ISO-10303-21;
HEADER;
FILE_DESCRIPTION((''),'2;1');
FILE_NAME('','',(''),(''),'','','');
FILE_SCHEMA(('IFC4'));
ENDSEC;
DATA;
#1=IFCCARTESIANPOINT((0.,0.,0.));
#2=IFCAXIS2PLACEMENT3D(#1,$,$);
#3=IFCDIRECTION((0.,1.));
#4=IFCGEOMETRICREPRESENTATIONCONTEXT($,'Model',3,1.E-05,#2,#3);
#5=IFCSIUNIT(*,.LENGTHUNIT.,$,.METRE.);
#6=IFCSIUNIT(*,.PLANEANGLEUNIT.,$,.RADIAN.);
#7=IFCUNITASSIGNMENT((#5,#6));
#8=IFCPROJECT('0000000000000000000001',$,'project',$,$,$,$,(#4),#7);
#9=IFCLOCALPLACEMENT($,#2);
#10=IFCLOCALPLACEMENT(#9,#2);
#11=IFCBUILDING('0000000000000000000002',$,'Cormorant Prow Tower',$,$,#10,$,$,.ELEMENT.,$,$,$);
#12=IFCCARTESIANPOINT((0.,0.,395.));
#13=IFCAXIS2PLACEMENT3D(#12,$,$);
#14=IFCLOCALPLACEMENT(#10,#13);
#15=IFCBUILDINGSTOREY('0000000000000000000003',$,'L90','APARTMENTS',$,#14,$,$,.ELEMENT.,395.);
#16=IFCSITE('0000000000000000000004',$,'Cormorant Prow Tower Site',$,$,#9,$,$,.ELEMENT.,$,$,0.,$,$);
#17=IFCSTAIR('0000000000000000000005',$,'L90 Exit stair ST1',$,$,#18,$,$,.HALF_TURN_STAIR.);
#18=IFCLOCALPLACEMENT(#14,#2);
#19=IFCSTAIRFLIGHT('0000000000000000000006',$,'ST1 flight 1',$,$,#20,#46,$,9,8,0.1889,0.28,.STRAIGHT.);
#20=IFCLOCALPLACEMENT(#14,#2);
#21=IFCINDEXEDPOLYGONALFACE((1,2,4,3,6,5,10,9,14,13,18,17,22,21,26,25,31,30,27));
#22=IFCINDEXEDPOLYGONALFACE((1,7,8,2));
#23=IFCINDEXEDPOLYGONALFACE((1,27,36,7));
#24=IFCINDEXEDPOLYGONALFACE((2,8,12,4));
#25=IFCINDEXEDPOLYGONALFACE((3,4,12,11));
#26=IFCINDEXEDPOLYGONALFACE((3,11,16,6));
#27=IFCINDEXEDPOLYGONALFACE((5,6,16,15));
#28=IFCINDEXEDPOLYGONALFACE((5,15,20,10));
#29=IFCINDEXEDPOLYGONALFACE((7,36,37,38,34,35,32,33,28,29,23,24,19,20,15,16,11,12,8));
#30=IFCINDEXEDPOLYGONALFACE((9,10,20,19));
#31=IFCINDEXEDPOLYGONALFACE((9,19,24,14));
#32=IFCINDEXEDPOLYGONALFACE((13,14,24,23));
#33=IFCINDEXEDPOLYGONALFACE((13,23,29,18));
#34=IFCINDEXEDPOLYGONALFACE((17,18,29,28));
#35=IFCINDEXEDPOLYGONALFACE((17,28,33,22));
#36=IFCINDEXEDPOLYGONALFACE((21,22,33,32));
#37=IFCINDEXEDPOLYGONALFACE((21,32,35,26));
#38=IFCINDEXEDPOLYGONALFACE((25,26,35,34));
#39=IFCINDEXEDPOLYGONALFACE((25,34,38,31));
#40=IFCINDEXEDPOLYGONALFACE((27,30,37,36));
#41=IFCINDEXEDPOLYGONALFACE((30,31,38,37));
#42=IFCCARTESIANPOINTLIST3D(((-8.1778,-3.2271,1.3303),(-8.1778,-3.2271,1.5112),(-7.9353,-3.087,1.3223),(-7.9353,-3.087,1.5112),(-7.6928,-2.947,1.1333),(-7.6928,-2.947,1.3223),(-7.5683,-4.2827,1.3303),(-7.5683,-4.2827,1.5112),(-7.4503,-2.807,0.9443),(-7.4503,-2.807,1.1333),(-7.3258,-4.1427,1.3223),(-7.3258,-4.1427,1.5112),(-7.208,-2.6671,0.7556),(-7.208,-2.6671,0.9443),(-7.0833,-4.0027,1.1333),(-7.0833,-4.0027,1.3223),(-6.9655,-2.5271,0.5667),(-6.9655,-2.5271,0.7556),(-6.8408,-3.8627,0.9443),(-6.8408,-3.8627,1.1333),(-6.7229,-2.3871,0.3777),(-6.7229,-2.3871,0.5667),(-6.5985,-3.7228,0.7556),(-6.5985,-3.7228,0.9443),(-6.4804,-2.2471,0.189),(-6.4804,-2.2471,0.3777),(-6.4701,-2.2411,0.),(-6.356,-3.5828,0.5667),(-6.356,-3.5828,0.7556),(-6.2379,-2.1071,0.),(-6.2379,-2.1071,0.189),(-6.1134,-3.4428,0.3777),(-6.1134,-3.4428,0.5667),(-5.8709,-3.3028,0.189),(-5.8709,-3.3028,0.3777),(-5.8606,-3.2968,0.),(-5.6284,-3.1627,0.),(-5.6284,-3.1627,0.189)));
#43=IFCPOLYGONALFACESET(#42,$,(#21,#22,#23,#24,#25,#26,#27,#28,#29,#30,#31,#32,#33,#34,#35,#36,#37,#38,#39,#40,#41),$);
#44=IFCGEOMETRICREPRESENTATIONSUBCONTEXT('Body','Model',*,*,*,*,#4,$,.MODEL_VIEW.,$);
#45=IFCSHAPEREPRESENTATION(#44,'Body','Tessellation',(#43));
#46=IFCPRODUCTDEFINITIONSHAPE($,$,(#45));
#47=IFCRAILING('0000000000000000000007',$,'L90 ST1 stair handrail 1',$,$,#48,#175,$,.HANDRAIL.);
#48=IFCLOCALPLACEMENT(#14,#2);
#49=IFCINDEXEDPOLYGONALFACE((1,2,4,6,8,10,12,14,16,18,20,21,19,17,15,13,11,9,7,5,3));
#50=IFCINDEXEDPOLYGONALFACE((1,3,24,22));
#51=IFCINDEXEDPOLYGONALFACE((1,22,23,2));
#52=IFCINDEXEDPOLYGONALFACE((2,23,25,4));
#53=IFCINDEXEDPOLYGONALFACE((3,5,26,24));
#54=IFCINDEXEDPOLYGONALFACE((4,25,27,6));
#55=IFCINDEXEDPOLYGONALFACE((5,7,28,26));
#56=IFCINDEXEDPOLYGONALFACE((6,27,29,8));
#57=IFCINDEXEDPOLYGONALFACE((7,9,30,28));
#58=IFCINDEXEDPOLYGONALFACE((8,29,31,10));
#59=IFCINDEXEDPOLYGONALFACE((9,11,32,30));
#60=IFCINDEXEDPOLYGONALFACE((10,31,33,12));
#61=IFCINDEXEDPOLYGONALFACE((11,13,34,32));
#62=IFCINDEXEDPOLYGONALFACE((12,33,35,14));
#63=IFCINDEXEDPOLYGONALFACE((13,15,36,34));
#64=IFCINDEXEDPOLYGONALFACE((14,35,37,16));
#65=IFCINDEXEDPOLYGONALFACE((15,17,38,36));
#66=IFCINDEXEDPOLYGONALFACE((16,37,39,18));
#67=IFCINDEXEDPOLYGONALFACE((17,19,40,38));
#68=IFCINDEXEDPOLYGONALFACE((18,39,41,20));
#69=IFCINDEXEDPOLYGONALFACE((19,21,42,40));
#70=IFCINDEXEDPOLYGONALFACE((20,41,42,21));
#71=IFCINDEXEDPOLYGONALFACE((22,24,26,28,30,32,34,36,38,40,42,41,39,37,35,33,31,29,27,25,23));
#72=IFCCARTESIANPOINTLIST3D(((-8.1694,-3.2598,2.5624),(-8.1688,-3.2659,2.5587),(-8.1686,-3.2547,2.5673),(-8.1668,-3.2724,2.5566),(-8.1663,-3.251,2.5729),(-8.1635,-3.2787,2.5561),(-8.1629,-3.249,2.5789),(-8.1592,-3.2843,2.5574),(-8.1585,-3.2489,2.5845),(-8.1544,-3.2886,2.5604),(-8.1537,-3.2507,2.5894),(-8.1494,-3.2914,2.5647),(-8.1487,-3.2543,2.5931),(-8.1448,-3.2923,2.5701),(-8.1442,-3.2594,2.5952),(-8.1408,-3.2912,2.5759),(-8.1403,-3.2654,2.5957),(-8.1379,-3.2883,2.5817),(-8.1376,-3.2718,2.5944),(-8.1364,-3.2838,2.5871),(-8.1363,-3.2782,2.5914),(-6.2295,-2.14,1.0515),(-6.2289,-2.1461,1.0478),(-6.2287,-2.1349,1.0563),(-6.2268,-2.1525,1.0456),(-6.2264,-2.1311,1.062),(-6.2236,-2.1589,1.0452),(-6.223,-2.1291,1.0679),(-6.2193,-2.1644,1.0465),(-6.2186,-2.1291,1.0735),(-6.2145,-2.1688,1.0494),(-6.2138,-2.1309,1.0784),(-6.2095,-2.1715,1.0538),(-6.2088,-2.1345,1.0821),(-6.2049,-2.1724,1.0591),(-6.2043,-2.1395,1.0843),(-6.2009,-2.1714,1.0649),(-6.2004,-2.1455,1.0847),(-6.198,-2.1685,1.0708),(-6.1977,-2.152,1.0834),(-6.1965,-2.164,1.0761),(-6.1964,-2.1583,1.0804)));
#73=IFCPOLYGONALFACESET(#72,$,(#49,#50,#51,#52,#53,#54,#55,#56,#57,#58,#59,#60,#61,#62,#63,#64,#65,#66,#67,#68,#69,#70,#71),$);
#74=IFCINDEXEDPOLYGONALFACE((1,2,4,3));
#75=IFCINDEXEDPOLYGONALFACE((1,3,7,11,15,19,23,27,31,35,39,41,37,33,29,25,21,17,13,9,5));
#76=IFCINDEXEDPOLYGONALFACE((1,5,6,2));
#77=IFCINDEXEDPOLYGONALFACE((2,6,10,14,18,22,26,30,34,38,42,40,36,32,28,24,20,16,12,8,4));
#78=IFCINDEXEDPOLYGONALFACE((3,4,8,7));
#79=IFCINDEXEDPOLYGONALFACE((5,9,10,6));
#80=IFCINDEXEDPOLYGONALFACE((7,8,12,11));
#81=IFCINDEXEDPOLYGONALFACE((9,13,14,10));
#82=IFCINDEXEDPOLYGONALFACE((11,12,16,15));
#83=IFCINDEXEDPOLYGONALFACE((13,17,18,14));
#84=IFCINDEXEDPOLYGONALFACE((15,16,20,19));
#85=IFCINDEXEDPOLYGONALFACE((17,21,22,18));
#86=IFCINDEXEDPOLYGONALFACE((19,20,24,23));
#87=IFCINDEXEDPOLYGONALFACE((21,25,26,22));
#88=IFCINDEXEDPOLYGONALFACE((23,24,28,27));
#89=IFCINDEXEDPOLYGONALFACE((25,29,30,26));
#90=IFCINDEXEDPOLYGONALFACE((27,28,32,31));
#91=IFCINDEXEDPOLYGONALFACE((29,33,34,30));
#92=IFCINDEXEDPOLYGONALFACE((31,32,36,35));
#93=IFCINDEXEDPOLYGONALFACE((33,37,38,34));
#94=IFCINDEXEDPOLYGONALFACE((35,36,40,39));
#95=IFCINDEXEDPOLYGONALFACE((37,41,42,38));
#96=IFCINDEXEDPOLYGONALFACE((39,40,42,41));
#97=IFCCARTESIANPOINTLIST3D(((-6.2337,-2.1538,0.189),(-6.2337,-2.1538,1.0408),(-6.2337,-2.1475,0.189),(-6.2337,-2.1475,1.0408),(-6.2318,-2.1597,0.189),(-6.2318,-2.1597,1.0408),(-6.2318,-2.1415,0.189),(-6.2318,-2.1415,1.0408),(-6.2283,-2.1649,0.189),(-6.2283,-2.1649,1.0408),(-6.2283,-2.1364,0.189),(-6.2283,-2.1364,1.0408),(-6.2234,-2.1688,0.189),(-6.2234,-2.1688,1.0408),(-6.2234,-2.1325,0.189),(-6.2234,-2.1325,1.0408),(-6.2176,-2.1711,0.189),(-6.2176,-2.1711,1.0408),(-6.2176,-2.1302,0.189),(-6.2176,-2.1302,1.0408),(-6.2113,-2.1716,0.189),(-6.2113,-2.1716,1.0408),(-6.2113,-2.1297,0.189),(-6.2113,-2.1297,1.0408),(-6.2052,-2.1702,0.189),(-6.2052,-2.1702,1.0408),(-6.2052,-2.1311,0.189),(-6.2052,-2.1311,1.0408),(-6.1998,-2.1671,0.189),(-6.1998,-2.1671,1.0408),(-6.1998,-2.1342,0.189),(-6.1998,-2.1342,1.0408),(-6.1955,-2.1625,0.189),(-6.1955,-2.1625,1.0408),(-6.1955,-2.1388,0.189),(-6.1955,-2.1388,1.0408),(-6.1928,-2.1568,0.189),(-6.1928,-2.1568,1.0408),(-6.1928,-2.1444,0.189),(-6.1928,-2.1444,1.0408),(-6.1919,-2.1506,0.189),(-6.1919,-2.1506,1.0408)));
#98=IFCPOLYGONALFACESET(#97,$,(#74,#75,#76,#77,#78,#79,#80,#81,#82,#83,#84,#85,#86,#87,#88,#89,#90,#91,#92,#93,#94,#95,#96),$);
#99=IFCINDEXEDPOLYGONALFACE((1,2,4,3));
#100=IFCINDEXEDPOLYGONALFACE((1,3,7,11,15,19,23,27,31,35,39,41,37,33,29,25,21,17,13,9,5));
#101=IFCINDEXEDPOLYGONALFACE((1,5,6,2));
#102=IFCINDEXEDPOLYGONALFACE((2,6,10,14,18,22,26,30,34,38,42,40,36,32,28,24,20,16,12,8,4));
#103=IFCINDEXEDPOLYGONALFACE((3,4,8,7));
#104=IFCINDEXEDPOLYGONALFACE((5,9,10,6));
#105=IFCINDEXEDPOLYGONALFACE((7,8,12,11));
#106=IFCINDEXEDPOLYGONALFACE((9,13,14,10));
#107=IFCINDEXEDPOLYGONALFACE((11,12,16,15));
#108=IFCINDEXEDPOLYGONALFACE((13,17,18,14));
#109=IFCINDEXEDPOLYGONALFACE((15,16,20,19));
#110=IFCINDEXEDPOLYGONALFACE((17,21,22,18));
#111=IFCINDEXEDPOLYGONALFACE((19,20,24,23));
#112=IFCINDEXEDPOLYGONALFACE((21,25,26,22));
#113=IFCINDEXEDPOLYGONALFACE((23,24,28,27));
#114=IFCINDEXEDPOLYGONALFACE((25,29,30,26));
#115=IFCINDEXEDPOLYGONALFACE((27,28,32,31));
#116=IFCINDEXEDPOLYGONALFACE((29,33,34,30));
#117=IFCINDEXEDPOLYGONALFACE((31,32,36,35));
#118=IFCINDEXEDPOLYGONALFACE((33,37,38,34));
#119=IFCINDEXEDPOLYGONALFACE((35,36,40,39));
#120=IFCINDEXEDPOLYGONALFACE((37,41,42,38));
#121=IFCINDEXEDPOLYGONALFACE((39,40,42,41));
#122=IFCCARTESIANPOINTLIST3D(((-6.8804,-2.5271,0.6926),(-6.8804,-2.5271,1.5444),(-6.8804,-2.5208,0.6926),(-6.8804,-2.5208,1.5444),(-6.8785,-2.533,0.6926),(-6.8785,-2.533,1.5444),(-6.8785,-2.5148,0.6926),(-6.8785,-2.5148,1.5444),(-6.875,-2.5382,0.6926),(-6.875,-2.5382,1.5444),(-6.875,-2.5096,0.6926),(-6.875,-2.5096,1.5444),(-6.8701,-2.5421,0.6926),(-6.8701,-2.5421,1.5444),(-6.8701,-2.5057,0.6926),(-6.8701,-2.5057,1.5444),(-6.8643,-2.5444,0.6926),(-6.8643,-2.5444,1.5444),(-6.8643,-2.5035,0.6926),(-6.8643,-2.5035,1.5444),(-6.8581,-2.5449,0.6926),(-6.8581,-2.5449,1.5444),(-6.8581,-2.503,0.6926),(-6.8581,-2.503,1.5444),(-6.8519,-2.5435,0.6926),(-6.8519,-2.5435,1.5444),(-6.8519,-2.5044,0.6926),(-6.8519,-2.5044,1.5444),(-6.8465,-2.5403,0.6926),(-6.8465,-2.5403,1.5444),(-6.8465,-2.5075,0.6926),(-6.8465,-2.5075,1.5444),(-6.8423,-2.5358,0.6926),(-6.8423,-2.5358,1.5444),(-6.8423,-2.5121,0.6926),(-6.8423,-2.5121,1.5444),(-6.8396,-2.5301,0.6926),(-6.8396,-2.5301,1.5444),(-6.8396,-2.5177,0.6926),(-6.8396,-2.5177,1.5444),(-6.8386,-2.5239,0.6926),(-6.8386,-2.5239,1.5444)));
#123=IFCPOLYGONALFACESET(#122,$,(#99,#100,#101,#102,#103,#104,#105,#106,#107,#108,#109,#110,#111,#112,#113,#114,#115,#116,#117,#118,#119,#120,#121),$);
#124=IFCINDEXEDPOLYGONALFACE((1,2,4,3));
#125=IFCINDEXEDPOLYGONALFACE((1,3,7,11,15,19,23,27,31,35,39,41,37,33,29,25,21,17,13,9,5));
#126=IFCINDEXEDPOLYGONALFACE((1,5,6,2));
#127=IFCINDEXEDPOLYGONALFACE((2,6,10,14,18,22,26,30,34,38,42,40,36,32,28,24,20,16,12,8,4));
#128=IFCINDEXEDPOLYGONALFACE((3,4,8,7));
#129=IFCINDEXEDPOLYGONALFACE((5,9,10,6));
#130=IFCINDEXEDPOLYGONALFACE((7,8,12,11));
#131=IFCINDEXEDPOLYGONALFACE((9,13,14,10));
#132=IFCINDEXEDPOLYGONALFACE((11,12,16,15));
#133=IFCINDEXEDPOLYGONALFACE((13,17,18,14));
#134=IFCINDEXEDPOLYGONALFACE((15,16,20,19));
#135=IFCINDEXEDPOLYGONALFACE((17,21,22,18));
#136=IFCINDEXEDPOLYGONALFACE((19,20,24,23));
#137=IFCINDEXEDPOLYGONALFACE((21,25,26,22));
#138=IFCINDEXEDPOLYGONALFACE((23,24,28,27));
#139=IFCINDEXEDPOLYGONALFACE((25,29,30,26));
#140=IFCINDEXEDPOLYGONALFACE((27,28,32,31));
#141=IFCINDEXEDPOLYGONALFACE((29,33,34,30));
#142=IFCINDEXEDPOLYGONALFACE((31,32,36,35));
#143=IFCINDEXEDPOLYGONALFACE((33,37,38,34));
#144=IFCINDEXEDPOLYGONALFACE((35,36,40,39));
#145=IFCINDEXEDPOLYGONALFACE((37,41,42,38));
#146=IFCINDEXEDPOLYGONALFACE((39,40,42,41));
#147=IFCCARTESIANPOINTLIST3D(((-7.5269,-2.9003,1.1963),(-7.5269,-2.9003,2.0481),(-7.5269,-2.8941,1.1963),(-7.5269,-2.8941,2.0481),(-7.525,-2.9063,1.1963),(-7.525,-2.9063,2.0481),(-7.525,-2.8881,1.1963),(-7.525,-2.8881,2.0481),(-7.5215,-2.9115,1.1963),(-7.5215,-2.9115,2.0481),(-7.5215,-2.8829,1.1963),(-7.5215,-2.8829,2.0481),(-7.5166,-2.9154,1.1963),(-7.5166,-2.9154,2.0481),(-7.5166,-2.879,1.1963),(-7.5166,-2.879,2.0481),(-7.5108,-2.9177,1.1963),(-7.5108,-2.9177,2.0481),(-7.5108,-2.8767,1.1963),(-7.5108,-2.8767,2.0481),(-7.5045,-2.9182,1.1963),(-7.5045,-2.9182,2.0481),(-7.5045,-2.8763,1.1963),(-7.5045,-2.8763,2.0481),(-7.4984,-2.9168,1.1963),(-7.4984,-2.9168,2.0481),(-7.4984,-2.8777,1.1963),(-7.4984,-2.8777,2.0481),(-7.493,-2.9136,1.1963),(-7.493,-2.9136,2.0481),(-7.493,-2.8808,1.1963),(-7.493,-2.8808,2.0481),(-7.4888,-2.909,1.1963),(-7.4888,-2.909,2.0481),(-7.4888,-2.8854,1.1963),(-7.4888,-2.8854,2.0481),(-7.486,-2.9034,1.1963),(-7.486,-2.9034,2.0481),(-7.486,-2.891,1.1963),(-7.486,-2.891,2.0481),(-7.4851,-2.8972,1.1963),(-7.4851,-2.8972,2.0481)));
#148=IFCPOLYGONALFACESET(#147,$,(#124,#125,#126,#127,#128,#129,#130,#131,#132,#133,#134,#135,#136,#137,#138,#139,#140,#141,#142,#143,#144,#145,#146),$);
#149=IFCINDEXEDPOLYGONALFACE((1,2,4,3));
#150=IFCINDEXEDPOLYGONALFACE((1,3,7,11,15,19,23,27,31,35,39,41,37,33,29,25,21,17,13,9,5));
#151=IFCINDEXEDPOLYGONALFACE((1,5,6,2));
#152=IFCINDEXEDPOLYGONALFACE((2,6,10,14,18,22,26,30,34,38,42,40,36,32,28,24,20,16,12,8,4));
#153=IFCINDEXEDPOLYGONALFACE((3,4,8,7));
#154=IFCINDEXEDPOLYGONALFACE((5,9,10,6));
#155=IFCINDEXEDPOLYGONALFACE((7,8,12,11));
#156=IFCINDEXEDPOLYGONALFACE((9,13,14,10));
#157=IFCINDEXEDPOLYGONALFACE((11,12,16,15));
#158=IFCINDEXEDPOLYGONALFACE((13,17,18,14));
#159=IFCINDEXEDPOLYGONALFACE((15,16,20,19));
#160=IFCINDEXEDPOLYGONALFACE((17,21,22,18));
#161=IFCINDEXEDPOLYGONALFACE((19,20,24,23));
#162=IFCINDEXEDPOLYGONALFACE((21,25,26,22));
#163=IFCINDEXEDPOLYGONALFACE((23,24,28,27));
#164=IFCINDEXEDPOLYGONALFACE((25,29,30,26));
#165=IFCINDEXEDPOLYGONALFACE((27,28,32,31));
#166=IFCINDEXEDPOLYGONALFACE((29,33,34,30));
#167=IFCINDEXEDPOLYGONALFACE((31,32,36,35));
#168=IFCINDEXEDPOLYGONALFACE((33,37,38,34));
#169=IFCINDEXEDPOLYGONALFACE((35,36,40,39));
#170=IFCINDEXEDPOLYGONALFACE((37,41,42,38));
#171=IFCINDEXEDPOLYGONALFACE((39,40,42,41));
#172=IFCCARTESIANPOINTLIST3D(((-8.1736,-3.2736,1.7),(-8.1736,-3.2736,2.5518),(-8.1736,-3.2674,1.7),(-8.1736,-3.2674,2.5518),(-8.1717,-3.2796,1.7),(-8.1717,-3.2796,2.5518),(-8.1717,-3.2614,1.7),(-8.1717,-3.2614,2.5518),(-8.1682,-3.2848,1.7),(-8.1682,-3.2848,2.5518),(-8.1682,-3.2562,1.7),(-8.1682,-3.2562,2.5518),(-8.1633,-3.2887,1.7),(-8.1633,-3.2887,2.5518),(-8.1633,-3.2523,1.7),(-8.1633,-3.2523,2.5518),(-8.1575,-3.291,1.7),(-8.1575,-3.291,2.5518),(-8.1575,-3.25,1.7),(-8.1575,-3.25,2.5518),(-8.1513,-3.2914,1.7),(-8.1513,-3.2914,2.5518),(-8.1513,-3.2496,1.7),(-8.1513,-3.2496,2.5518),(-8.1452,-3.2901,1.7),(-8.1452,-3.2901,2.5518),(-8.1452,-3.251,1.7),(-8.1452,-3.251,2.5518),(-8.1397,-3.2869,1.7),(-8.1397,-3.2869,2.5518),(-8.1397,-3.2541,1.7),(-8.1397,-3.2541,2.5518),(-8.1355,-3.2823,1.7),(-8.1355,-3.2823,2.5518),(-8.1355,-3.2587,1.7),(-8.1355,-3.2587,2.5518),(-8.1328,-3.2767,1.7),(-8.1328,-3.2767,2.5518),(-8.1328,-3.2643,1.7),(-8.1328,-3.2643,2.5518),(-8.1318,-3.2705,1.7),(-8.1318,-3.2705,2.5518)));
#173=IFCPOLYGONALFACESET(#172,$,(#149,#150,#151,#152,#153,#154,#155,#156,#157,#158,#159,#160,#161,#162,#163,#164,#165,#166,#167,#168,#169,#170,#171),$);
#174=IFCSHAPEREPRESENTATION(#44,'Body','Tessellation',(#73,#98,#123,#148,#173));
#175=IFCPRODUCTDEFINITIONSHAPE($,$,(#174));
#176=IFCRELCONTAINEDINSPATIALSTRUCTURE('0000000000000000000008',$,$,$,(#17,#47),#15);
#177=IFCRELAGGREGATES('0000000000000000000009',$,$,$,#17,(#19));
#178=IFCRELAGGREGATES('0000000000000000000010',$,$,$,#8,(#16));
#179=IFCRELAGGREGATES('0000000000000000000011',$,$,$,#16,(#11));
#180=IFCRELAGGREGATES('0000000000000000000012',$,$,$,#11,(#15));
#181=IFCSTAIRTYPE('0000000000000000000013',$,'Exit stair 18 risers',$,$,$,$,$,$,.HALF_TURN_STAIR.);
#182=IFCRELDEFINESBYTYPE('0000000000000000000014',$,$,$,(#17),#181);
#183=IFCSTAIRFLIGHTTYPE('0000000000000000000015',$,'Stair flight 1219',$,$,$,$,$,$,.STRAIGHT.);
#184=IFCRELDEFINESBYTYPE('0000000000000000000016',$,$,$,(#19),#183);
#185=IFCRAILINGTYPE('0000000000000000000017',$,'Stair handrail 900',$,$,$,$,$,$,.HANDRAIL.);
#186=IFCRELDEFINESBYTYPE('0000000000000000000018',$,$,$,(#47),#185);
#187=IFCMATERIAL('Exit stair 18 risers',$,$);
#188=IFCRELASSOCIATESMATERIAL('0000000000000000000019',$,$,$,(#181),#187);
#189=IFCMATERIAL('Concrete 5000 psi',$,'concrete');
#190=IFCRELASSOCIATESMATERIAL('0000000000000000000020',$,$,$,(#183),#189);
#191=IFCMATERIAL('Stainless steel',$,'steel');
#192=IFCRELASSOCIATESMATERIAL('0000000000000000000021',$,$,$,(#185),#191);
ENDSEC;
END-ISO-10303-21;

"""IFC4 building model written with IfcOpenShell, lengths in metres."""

from ifc_helpers import new_model, si_unit, direction, frame, origin, origin_2d, place, context, subcontext, project, spatial, polyline, circle, outline, extrude, material, type_object, element, aggregate, save


model = new_model("IFC4")

# Units and contexts
model_context = context("Model", 3, precision=1e-05, world=origin(), true_north=direction((0.0, 1.0)))
body_context = subcontext(model_context, "Body", "Model", "MODEL_VIEW")
ifc_project = project(units=[si_unit("LENGTHUNIT", "METRE"), si_unit("PLANEANGLEUNIT", "RADIAN")], contexts=[model_context])

# Site, building, storey
site_placement = place(None, origin())
site = spatial("IfcSite", under=ifc_project, at=site_placement, Name="Cormorant Prow Tower Site", CompositionType="ELEMENT", RefElevation=0.0)
building_placement = place(site_placement, origin())
building = spatial("IfcBuilding", under=site, at=building_placement, Name="Cormorant Prow Tower", CompositionType="ELEMENT")
storey_placement = place(building_placement, frame((0.0, 0.0, 395.0)))
storey = spatial("IfcBuildingStorey", under=building, at=storey_placement, Name="L90", Description="APARTMENTS", CompositionType="ELEMENT", Elevation=395.0)

# Stair, stair flight
ifc_material_1 = material(Name="Exit stair 18 risers")
stair_type = type_object("IfcStairType", Name="Exit stair 18 risers", PredefinedType="HALF_TURN_STAIR", material=ifc_material_1)
stair_placement = place(storey_placement, origin())
stair = element("IfcStair", 1, at=stair_placement, inside=storey, type_object=stair_type, Name="L90 Exit stair ST1", PredefinedType="HALF_TURN_STAIR")
ifc_material_2 = material(Name="Concrete 5000 psi", Category="concrete")
stair_flight_type = type_object("IfcStairFlightType", Name="Stair flight 1219", PredefinedType="STRAIGHT", material=ifc_material_2)
stair_flight_placement = place(storey_placement, frame((-5.9331, -2.635, 0.0), z_axis=(0.0, 0.0, 1.0), x_axis=(-0.866025, -0.5, 0.0)))
stair_flight = element("IfcStairFlight", 2, at=stair_flight_placement, type_object=stair_flight_type, Name="ST1 flight 1", NumberOfRisers=9, NumberOfTreads=8, PredefinedType="STRAIGHT", RiserHeight=0.1889, TreadLength=0.28, context=body_context, shape_type="SweptSolid", body=[
    extrude(outline(polyline([(0.0, 0.0), (0.0, 0.189), (0.28, 0.189), (0.28, 0.3777), (0.5601, 0.3777), (0.5601, 0.5667), (0.8401, 0.5667), (0.8401, 0.7556), (1.1201, 0.7556), (1.1201, 0.9443), (1.3999, 0.9443), (1.3999, 1.1333), (1.6799, 1.1333), (1.6799, 1.3223), (1.96, 1.3223), (1.96, 1.5112), (2.24, 1.5112), (2.24, 1.7), (2.24, 1.3303), (0.2681, 0.0), (0.0, 0.0)])), frame((0.0, 0.6094, 0.0), z_axis=(0.0, -1.0, 0.0), x_axis=(1.0, 0.0, 0.0)), (0.0, 0.0, 1.0), 1.219),
])
aggregate(stair, [stair_flight])

# Railing
ifc_material_3 = material(Name="Stainless steel", Category="steel")
railing_type_1 = type_object("IfcRailingType", Name="Stair handrail 900", PredefinedType="HANDRAIL", material=ifc_material_3)
railing_1_placement = place(storey_placement, frame((-6.2129, -2.1506, 0.189)))
element("IfcRailing", 3, at=railing_1_placement, inside=storey, type_object=railing_type_1, Name="L90 ST1 stair handrail 1", PredefinedType="HANDRAIL", context=body_context, shape_type="SweptSolid", body=[
    extrude(circle(Radius=0.0239, at=origin_2d()), frame((0.0, 0.0, 0.876), z_axis=(-0.717977, -0.414467, 0.559219), x_axis=(0.499949, -0.866055, 0.0)), (0.0, 0.0, 1.0), 2.7019),
    extrude(circle(Radius=0.021, at=origin_2d()), origin(), (0.0, 0.0, 1.0), 0.8518),
    extrude(circle(Radius=0.021, at=origin_2d()), frame((-0.6467, -0.3733, 0.5037)), (0.0, 0.0, 1.0), 0.8518),
    extrude(circle(Radius=0.021, at=origin_2d()), frame((-1.2932, -0.7466, 1.0073)), (0.0, 0.0, 1.0), 0.8518),
    extrude(circle(Radius=0.021, at=origin_2d()), frame((-1.9399, -1.1199, 1.511)), (0.0, 0.0, 1.0), 0.8518),
])

save(model, "model.ifc")
